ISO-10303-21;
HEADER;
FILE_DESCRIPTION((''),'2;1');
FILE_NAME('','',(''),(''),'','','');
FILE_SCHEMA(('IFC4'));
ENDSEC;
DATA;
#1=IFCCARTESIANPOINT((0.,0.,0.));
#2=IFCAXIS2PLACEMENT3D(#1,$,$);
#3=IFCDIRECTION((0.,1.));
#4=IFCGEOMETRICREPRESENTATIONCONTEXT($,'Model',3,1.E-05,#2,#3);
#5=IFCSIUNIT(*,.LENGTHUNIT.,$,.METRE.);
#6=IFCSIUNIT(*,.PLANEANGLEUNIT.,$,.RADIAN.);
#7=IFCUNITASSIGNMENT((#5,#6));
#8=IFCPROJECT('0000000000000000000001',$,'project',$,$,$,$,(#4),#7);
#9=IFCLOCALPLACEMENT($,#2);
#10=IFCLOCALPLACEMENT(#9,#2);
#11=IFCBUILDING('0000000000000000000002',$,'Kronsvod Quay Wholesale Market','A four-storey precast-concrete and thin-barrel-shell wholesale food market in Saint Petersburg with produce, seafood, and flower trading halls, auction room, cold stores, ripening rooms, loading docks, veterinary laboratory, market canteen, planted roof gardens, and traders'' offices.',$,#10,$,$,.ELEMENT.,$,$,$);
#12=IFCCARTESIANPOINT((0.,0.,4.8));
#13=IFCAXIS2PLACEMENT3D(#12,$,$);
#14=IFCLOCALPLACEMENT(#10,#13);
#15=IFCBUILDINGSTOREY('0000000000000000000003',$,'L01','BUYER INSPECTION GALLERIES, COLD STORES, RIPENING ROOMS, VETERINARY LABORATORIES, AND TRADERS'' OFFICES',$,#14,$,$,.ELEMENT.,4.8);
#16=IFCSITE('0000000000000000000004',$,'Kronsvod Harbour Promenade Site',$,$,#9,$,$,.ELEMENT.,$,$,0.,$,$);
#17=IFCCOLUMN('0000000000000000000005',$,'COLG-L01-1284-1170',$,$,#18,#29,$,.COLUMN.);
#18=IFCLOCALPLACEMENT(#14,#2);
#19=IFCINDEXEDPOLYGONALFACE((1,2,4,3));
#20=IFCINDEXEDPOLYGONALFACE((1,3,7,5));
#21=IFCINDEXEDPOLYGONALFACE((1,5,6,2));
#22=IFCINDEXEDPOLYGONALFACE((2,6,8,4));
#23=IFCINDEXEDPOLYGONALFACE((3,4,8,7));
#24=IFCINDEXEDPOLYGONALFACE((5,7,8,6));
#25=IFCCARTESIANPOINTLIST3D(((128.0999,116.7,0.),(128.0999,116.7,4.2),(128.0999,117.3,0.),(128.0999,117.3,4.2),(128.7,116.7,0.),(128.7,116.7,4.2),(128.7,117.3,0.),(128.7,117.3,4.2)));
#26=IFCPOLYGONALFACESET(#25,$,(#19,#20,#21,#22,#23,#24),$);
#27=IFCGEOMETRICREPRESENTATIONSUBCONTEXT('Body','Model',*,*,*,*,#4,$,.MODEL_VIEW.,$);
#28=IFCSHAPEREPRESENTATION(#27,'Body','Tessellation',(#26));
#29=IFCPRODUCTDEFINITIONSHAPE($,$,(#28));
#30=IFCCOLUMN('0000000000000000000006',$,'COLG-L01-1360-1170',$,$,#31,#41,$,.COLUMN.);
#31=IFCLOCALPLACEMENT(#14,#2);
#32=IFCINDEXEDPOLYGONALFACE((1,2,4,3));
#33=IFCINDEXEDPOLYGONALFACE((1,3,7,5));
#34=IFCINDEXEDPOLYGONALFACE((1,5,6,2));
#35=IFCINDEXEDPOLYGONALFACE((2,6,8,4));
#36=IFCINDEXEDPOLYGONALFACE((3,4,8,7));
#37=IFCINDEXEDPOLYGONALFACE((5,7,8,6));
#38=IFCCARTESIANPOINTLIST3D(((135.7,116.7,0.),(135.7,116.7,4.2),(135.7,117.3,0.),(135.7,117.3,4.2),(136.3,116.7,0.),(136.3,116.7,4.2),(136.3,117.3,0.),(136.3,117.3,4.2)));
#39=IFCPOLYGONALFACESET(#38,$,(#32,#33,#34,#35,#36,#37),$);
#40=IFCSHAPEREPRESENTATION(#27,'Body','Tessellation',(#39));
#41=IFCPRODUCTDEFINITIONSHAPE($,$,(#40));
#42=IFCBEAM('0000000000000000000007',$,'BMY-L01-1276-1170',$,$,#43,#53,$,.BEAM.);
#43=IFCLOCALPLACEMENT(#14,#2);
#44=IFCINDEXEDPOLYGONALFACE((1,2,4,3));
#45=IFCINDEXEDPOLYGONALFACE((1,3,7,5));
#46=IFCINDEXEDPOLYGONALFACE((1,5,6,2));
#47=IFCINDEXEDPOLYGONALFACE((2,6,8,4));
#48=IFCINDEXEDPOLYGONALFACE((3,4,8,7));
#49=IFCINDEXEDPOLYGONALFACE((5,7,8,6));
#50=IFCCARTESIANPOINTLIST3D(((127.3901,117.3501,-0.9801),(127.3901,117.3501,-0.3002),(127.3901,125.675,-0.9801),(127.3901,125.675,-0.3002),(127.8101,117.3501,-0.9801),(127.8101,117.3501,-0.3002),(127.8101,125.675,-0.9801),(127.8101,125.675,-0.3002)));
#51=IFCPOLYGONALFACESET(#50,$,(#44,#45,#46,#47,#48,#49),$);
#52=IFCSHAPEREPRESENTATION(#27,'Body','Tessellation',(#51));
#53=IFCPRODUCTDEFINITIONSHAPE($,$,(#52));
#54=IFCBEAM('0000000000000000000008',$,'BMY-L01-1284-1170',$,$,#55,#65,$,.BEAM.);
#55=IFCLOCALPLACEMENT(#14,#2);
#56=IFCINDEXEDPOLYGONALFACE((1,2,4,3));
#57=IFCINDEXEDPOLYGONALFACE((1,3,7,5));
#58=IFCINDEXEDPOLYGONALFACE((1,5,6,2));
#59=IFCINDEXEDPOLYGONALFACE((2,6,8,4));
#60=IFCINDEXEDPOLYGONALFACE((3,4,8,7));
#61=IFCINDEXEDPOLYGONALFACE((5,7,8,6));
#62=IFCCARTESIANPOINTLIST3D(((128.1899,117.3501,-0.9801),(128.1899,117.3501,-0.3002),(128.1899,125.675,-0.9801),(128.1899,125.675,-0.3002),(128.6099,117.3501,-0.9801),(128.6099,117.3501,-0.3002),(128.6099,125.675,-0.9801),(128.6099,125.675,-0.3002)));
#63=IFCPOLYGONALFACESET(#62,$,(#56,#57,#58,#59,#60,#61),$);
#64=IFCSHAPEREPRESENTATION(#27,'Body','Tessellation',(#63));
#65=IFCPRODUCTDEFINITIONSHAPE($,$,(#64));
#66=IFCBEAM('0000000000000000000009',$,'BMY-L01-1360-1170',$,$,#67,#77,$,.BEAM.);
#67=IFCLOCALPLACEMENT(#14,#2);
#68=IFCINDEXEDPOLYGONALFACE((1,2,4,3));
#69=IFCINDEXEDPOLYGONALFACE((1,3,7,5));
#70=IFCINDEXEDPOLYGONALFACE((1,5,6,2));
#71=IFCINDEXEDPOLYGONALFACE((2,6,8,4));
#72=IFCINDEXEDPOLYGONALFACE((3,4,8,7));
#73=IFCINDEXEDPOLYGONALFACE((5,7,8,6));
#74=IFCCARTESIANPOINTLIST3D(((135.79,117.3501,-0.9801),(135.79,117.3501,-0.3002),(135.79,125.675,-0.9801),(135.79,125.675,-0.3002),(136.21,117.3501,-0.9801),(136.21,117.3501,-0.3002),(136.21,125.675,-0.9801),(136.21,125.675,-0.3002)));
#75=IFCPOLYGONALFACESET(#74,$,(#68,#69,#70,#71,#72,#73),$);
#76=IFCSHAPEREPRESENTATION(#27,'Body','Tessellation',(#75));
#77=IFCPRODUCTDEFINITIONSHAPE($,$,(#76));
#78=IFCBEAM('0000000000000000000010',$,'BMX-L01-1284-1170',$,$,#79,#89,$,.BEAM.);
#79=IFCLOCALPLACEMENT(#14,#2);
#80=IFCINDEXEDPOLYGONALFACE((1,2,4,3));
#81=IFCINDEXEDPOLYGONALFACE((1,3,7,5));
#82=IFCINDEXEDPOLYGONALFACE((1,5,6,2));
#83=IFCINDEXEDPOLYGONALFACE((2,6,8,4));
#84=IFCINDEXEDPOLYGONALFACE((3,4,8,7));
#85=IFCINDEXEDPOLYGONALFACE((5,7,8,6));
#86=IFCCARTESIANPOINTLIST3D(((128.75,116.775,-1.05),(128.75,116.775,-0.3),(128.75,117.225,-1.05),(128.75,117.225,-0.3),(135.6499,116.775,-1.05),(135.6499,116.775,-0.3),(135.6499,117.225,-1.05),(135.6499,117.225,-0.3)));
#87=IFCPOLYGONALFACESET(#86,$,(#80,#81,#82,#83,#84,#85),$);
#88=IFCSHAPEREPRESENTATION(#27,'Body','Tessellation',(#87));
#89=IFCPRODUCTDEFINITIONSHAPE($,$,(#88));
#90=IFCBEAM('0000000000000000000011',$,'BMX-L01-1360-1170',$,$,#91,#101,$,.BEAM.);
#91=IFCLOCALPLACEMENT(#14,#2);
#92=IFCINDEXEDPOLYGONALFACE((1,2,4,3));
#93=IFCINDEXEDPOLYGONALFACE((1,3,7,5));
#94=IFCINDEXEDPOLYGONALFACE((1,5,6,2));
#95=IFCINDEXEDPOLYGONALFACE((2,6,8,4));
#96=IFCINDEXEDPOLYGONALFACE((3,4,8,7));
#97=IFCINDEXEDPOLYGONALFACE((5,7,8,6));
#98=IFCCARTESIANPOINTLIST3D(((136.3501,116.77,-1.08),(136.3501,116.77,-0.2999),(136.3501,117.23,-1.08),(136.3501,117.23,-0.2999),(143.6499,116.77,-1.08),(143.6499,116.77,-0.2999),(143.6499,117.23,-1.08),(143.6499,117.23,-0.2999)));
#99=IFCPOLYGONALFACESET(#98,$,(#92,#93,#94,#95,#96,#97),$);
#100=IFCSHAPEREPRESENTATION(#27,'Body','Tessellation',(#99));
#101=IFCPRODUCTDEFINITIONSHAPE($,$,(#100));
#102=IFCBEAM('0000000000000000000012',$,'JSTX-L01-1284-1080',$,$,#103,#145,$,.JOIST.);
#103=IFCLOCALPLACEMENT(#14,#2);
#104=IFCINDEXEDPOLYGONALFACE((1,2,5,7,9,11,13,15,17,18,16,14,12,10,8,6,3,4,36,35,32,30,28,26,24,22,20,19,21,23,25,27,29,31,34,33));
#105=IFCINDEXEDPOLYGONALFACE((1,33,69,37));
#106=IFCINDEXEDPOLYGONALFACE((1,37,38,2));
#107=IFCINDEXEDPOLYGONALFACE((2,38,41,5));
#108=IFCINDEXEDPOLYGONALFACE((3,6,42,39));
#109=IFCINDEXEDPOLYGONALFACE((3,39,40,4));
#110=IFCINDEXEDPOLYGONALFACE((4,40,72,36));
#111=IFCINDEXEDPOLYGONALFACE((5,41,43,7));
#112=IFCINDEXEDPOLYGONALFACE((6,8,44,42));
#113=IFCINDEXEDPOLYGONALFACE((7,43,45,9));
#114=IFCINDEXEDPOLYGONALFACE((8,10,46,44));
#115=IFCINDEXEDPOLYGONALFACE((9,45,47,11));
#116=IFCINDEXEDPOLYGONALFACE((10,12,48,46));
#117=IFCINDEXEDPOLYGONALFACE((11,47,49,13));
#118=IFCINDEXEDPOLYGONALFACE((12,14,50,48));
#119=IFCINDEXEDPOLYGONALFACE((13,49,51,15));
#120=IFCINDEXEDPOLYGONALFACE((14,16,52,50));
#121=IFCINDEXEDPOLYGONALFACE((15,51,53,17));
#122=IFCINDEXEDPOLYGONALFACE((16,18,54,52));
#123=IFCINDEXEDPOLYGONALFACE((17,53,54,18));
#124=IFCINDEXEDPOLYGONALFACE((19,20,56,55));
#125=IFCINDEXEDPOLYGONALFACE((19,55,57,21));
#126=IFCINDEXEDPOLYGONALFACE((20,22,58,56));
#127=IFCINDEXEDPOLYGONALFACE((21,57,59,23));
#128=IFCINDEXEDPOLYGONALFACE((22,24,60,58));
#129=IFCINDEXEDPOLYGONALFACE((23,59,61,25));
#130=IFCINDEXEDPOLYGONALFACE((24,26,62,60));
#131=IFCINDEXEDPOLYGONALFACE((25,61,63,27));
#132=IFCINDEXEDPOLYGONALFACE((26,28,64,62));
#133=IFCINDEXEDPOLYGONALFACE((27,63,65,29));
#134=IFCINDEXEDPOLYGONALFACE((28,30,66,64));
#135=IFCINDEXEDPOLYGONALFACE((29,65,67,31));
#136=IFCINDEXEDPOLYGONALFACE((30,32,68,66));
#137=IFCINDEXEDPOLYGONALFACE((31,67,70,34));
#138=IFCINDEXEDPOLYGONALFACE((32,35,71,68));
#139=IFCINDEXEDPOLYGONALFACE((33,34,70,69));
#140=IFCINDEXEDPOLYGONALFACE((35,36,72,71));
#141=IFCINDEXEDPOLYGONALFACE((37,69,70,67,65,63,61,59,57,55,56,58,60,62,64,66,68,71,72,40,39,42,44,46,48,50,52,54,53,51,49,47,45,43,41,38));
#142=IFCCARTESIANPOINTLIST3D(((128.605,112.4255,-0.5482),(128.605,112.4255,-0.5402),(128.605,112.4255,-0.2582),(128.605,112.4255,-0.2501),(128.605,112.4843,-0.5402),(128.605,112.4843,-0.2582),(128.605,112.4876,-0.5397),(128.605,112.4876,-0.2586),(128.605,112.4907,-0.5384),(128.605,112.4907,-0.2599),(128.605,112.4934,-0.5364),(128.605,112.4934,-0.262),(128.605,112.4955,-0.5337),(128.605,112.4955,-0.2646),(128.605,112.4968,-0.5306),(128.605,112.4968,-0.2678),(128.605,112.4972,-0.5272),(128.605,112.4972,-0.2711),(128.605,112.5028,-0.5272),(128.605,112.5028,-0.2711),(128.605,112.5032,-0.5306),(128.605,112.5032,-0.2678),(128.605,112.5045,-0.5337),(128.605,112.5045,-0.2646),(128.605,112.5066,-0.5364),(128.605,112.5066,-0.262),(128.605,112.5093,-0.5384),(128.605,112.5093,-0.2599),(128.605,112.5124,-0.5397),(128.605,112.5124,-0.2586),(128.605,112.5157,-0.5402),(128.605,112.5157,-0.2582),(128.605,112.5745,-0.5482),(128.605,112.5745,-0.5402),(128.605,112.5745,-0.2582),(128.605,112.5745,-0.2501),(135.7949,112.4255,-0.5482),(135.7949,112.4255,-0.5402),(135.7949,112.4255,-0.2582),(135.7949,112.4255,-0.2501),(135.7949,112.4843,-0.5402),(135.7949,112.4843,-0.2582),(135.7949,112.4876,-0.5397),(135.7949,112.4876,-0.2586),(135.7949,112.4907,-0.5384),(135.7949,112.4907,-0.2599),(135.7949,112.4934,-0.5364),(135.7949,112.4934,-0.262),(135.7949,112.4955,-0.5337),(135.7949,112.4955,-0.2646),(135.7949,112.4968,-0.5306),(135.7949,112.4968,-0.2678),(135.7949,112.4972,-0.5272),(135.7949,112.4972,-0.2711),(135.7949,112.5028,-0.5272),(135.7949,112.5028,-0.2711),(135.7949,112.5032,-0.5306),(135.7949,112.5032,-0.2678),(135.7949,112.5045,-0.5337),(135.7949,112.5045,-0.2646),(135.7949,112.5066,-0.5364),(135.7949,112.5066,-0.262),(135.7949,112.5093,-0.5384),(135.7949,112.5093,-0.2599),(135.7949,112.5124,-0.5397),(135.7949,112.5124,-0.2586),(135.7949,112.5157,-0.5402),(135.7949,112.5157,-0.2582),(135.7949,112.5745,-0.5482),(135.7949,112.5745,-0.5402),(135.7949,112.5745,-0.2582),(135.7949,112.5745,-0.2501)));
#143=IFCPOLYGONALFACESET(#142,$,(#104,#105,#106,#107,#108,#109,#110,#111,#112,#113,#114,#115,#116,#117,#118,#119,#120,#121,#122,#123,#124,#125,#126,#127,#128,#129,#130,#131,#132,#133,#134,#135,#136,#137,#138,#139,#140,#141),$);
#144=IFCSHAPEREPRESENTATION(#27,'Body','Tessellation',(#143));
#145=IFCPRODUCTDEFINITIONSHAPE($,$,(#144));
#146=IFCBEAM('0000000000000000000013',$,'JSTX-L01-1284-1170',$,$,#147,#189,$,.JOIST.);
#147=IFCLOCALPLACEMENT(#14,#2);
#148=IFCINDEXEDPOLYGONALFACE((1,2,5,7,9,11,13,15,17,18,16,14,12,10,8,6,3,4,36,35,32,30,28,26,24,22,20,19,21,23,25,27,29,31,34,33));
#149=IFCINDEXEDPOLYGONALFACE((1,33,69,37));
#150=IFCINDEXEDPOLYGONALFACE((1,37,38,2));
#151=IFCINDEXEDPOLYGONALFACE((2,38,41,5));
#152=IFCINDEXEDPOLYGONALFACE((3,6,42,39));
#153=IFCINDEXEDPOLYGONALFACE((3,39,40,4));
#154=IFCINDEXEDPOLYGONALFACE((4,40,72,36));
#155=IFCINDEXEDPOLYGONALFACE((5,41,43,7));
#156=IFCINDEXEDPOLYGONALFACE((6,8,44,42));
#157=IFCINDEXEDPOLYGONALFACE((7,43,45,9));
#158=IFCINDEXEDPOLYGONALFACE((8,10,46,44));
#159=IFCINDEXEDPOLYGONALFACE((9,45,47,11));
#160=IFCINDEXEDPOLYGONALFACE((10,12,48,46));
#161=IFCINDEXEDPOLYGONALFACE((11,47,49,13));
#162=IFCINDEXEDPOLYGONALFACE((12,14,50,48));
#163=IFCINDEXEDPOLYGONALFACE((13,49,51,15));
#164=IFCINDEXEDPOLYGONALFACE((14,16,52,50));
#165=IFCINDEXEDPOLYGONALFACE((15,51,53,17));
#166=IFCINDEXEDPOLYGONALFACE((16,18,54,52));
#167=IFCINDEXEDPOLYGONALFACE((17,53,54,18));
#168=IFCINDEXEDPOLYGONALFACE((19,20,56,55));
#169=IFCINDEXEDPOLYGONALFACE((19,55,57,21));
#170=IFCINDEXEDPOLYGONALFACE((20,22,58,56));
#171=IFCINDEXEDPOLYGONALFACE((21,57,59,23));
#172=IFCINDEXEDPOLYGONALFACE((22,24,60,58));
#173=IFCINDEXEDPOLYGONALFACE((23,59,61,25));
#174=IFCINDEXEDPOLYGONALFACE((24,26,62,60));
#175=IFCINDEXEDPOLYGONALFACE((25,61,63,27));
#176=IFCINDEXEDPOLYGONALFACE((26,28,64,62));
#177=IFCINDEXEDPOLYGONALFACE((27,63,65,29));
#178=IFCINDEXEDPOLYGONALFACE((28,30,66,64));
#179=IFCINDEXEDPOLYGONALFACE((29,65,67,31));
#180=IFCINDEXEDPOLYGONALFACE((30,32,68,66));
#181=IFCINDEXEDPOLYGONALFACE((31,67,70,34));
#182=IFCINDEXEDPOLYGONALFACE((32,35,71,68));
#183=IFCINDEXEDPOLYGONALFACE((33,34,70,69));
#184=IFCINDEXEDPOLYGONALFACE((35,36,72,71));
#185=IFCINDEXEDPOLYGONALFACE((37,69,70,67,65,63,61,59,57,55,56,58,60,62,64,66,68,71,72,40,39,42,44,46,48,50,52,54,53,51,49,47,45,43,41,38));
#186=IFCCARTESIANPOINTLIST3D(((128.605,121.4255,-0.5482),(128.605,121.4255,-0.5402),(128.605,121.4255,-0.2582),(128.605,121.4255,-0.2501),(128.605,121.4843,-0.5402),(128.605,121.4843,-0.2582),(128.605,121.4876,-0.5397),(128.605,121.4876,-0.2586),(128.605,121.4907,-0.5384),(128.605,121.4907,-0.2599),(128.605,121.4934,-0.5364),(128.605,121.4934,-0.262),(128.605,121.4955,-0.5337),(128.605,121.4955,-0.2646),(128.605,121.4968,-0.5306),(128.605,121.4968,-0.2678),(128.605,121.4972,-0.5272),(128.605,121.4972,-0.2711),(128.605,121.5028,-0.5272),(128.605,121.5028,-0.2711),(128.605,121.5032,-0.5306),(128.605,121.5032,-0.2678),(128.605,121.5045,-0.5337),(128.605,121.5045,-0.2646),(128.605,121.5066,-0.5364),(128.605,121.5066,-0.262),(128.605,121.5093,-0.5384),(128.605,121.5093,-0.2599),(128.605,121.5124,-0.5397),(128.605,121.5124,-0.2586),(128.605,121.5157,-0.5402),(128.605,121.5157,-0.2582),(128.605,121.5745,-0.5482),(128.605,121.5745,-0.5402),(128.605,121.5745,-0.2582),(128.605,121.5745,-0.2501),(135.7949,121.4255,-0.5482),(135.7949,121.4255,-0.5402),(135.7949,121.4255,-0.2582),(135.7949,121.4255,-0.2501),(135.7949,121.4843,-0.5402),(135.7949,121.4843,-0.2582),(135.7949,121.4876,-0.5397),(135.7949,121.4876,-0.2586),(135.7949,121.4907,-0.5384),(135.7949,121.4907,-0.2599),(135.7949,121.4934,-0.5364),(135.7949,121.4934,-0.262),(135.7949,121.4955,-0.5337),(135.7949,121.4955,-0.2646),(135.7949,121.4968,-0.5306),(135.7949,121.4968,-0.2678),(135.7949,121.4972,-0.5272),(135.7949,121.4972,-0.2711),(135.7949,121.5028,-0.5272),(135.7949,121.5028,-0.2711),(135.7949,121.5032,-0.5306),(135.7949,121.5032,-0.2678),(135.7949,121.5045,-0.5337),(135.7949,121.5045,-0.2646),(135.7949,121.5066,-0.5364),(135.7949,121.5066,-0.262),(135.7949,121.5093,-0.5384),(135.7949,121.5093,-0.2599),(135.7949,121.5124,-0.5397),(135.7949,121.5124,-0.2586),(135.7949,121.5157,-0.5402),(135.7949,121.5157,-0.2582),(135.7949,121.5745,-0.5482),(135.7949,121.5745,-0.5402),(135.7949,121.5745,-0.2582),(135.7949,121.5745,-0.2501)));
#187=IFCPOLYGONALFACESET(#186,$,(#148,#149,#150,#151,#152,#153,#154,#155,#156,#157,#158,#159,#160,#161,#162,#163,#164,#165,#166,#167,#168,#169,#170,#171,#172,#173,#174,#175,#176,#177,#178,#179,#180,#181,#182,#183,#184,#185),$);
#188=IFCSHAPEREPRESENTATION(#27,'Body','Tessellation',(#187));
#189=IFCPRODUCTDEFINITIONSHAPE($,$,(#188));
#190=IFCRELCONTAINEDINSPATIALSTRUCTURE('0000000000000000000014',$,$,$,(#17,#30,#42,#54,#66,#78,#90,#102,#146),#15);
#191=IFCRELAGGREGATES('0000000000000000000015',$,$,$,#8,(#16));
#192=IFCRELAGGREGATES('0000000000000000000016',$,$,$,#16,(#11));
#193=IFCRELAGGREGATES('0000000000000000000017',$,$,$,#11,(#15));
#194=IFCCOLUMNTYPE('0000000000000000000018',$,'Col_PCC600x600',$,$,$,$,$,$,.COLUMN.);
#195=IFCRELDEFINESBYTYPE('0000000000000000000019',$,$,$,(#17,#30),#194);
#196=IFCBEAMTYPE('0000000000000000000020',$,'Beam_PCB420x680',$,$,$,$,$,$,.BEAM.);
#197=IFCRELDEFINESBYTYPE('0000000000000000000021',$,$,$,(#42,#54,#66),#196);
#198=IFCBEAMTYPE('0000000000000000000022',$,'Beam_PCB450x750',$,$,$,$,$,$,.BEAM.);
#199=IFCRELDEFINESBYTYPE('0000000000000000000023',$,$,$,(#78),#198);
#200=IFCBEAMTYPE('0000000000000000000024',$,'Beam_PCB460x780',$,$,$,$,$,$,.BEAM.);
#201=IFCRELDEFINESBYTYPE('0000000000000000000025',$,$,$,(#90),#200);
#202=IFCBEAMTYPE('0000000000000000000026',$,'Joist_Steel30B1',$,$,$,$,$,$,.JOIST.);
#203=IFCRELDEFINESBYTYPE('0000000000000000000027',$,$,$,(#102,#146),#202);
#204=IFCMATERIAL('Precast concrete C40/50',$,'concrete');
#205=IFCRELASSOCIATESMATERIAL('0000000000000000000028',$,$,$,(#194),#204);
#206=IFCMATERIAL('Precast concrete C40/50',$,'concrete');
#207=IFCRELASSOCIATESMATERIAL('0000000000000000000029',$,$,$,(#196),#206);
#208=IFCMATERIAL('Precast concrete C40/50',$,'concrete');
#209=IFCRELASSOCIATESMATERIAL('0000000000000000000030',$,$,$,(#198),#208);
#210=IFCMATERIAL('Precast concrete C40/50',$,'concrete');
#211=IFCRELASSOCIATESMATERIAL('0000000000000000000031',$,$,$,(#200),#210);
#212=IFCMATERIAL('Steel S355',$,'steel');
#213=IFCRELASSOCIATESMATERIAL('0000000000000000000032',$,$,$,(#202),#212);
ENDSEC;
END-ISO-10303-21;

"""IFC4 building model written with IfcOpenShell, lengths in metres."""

from ifc_helpers import new_model, si_unit, direction, frame, origin, origin_2d, place, context, subcontext, project, spatial, rectangle, i_section, extrude, material, material_profile, profile_set, type_object, element, save


model = new_model("IFC4")

# Units and contexts
model_context = context("Model", 3, precision=1e-05, world=origin(), true_north=direction((0.0, 1.0)))
body_context = subcontext(model_context, "Body", "Model", "MODEL_VIEW")
ifc_project = project(units=[si_unit("LENGTHUNIT", "METRE"), si_unit("PLANEANGLEUNIT", "RADIAN")], contexts=[model_context])

# Site, building, storey
site_placement = place(None, origin())
site = spatial("IfcSite", under=ifc_project, at=site_placement, Name="Kronsvod Harbour Promenade Site", CompositionType="ELEMENT", RefElevation=0.0)
building_placement = place(site_placement, origin())
building = spatial("IfcBuilding", under=site, at=building_placement, Name="Kronsvod Quay Wholesale Market", Description="A four-storey precast-concrete and thin-barrel-shell wholesale food market in Saint Petersburg with produce, seafood, and flower trading halls, auction room, cold stores, ripening rooms, loading docks, veterinary laboratory, market canteen, planted roof gardens, and traders' offices.", CompositionType="ELEMENT")
storey_placement = place(building_placement, frame((0.0, 0.0, 4.8)))
storey = spatial("IfcBuildingStorey", under=building, at=storey_placement, Name="L01", Description="BUYER INSPECTION GALLERIES, COLD STORES, RIPENING ROOMS, VETERINARY LABORATORIES, AND TRADERS' OFFICES", CompositionType="ELEMENT", Elevation=4.8)

# Columns
ifc_material_1 = material(Name="Precast concrete C40/50", Category="concrete")
ifc_material_profile_1 = material_profile(ifc_material_1, rectangle(XDim=0.6001, YDim=0.6001, at=origin_2d()), Name="PCC600x600")
ifc_profile_set_1 = profile_set([ifc_material_profile_1], Name="Precast concrete C40/50")
column_type = type_object("IfcColumnType", Name="Col_PCC600x600", PredefinedType="COLUMN", material=ifc_profile_set_1)
for number, where, z_axis, x_axis, name in (
    (1, (128.3999, 117.0, 0.0), (0.0, 0.0, 1.0), (1.0, 0.0, 0.0), "COLG-L01-1284-1170"),
    (2, (136.0, 117.0, 0.0), (0.0, 0.0, 1.0), (1.0, 0.0, 0.0), "COLG-L01-1360-1170"),
):
    element("IfcColumn", number, at=place(storey_placement, frame(where, z_axis=z_axis, x_axis=x_axis)), inside=storey, type_object=column_type, Name=name, PredefinedType="COLUMN", context=body_context, shape_type="SweptSolid", body=[
        extrude(rectangle(XDim=0.6001, YDim=0.6001, at=origin_2d()), origin(), (0.0, 0.0, 1.0), 4.2),
    ])

# Beams
ifc_material_2 = material(Name="Precast concrete C40/50", Category="concrete")
ifc_material_profile_2 = material_profile(ifc_material_2, rectangle(XDim=0.4199, YDim=0.6799, at=origin_2d()), Name="PB-05")
ifc_profile_set_2 = profile_set([ifc_material_profile_2], Name="Precast concrete C40/50")
beam_type_1 = type_object("IfcBeamType", Name="Beam_PCB420x680", PredefinedType="BEAM", material=ifc_profile_set_2)
for number, where, z_axis, x_axis, name in (
    (3, (127.6001, 117.3501, -0.6401), (0.0, 1.0, 0.0), (-1.0, 0.0, 0.0), "BMY-L01-1276-1170"),
    (4, (128.3999, 117.3501, -0.6401), (0.0, 1.0, 0.0), (-1.0, 0.0, 0.0), "BMY-L01-1284-1170"),
    (5, (136.0, 117.3501, -0.6401), (0.0, 1.0, 0.0), (-1.0, 0.0, 0.0), "BMY-L01-1360-1170"),
):
    element("IfcBeam", number, at=place(storey_placement, frame(where, z_axis=z_axis, x_axis=x_axis)), inside=storey, type_object=beam_type_1, Name=name, PredefinedType="BEAM", context=body_context, shape_type="SweptSolid", body=[
        extrude(rectangle(XDim=0.4199, YDim=0.6799, at=origin_2d()), origin(), (0.0, 0.0, 1.0), 8.325),
    ])
ifc_material_3 = material(Name="Precast concrete C40/50", Category="concrete")
ifc_material_profile_3 = material_profile(ifc_material_3, rectangle(XDim=0.45, YDim=0.75, at=origin_2d()), Name="PCB450x750")
ifc_profile_set_3 = profile_set([ifc_material_profile_3], Name="Precast concrete C40/50")
beam_type_2 = type_object("IfcBeamType", Name="Beam_PCB450x750", PredefinedType="BEAM", material=ifc_profile_set_3)
beam_1_placement = place(storey_placement, frame((128.75, 117.0, -0.675), z_axis=(1.0, 0.0, 0.0), x_axis=(0.0, 1.0, 0.0)))
element("IfcBeam", 6, at=beam_1_placement, inside=storey, type_object=beam_type_2, Name="BMX-L01-1284-1170", PredefinedType="BEAM", context=body_context, shape_type="SweptSolid", body=[
    extrude(rectangle(XDim=0.45, YDim=0.75, at=origin_2d()), origin(), (0.0, 0.0, 1.0), 6.8999),
])
ifc_material_4 = material(Name="Precast concrete C40/50", Category="concrete")
ifc_material_profile_4 = material_profile(ifc_material_4, rectangle(XDim=0.46, YDim=0.78, at=origin_2d()), Name="PB-03")
ifc_profile_set_4 = profile_set([ifc_material_profile_4], Name="Precast concrete C40/50")
beam_type_3 = type_object("IfcBeamType", Name="Beam_PCB460x780", PredefinedType="BEAM", material=ifc_profile_set_4)
beam_2_placement = place(storey_placement, frame((136.3501, 117.0, -0.6899), z_axis=(1.0, 0.0, 0.0), x_axis=(0.0, 1.0, 0.0)))
element("IfcBeam", 7, at=beam_2_placement, inside=storey, type_object=beam_type_3, Name="BMX-L01-1360-1170", PredefinedType="BEAM", context=body_context, shape_type="SweptSolid", body=[
    extrude(rectangle(XDim=0.46, YDim=0.78, at=origin_2d()), origin(), (0.0, 0.0, 1.0), 7.2998),
])
ifc_material_5 = material(Name="Steel S355", Category="steel")
ifc_material_profile_5 = material_profile(ifc_material_5, i_section(OverallWidth=0.1489, OverallDepth=0.2981, WebThickness=0.0056, FlangeThickness=0.0081, FilletRadius=0.0129, at=origin_2d()), Name="30B1")
ifc_profile_set_5 = profile_set([ifc_material_profile_5], Name="Steel S355")
beam_type_4 = type_object("IfcBeamType", Name="Joist_Steel30B1", PredefinedType="JOIST", material=ifc_profile_set_5)
for number, where, z_axis, x_axis, name in (
    (8, (128.605, 112.5, -0.3992), (1.0, 0.0, 0.0), (0.0, 1.0, 0.0), "JSTX-L01-1284-1080"),
    (9, (128.605, 121.5, -0.3992), (1.0, 0.0, 0.0), (0.0, 1.0, 0.0), "JSTX-L01-1284-1170"),
):
    element("IfcBeam", number, at=place(storey_placement, frame(where, z_axis=z_axis, x_axis=x_axis)), inside=storey, type_object=beam_type_4, Name=name, PredefinedType="JOIST", context=body_context, shape_type="SweptSolid", body=[
        extrude(i_section(OverallWidth=0.1489, OverallDepth=0.2981, WebThickness=0.0056, FlangeThickness=0.0081, FilletRadius=0.0129, at=origin_2d()), origin(), (0.0, 0.0, 1.0), 7.1899),
    ])

save(model, "model.ifc")
